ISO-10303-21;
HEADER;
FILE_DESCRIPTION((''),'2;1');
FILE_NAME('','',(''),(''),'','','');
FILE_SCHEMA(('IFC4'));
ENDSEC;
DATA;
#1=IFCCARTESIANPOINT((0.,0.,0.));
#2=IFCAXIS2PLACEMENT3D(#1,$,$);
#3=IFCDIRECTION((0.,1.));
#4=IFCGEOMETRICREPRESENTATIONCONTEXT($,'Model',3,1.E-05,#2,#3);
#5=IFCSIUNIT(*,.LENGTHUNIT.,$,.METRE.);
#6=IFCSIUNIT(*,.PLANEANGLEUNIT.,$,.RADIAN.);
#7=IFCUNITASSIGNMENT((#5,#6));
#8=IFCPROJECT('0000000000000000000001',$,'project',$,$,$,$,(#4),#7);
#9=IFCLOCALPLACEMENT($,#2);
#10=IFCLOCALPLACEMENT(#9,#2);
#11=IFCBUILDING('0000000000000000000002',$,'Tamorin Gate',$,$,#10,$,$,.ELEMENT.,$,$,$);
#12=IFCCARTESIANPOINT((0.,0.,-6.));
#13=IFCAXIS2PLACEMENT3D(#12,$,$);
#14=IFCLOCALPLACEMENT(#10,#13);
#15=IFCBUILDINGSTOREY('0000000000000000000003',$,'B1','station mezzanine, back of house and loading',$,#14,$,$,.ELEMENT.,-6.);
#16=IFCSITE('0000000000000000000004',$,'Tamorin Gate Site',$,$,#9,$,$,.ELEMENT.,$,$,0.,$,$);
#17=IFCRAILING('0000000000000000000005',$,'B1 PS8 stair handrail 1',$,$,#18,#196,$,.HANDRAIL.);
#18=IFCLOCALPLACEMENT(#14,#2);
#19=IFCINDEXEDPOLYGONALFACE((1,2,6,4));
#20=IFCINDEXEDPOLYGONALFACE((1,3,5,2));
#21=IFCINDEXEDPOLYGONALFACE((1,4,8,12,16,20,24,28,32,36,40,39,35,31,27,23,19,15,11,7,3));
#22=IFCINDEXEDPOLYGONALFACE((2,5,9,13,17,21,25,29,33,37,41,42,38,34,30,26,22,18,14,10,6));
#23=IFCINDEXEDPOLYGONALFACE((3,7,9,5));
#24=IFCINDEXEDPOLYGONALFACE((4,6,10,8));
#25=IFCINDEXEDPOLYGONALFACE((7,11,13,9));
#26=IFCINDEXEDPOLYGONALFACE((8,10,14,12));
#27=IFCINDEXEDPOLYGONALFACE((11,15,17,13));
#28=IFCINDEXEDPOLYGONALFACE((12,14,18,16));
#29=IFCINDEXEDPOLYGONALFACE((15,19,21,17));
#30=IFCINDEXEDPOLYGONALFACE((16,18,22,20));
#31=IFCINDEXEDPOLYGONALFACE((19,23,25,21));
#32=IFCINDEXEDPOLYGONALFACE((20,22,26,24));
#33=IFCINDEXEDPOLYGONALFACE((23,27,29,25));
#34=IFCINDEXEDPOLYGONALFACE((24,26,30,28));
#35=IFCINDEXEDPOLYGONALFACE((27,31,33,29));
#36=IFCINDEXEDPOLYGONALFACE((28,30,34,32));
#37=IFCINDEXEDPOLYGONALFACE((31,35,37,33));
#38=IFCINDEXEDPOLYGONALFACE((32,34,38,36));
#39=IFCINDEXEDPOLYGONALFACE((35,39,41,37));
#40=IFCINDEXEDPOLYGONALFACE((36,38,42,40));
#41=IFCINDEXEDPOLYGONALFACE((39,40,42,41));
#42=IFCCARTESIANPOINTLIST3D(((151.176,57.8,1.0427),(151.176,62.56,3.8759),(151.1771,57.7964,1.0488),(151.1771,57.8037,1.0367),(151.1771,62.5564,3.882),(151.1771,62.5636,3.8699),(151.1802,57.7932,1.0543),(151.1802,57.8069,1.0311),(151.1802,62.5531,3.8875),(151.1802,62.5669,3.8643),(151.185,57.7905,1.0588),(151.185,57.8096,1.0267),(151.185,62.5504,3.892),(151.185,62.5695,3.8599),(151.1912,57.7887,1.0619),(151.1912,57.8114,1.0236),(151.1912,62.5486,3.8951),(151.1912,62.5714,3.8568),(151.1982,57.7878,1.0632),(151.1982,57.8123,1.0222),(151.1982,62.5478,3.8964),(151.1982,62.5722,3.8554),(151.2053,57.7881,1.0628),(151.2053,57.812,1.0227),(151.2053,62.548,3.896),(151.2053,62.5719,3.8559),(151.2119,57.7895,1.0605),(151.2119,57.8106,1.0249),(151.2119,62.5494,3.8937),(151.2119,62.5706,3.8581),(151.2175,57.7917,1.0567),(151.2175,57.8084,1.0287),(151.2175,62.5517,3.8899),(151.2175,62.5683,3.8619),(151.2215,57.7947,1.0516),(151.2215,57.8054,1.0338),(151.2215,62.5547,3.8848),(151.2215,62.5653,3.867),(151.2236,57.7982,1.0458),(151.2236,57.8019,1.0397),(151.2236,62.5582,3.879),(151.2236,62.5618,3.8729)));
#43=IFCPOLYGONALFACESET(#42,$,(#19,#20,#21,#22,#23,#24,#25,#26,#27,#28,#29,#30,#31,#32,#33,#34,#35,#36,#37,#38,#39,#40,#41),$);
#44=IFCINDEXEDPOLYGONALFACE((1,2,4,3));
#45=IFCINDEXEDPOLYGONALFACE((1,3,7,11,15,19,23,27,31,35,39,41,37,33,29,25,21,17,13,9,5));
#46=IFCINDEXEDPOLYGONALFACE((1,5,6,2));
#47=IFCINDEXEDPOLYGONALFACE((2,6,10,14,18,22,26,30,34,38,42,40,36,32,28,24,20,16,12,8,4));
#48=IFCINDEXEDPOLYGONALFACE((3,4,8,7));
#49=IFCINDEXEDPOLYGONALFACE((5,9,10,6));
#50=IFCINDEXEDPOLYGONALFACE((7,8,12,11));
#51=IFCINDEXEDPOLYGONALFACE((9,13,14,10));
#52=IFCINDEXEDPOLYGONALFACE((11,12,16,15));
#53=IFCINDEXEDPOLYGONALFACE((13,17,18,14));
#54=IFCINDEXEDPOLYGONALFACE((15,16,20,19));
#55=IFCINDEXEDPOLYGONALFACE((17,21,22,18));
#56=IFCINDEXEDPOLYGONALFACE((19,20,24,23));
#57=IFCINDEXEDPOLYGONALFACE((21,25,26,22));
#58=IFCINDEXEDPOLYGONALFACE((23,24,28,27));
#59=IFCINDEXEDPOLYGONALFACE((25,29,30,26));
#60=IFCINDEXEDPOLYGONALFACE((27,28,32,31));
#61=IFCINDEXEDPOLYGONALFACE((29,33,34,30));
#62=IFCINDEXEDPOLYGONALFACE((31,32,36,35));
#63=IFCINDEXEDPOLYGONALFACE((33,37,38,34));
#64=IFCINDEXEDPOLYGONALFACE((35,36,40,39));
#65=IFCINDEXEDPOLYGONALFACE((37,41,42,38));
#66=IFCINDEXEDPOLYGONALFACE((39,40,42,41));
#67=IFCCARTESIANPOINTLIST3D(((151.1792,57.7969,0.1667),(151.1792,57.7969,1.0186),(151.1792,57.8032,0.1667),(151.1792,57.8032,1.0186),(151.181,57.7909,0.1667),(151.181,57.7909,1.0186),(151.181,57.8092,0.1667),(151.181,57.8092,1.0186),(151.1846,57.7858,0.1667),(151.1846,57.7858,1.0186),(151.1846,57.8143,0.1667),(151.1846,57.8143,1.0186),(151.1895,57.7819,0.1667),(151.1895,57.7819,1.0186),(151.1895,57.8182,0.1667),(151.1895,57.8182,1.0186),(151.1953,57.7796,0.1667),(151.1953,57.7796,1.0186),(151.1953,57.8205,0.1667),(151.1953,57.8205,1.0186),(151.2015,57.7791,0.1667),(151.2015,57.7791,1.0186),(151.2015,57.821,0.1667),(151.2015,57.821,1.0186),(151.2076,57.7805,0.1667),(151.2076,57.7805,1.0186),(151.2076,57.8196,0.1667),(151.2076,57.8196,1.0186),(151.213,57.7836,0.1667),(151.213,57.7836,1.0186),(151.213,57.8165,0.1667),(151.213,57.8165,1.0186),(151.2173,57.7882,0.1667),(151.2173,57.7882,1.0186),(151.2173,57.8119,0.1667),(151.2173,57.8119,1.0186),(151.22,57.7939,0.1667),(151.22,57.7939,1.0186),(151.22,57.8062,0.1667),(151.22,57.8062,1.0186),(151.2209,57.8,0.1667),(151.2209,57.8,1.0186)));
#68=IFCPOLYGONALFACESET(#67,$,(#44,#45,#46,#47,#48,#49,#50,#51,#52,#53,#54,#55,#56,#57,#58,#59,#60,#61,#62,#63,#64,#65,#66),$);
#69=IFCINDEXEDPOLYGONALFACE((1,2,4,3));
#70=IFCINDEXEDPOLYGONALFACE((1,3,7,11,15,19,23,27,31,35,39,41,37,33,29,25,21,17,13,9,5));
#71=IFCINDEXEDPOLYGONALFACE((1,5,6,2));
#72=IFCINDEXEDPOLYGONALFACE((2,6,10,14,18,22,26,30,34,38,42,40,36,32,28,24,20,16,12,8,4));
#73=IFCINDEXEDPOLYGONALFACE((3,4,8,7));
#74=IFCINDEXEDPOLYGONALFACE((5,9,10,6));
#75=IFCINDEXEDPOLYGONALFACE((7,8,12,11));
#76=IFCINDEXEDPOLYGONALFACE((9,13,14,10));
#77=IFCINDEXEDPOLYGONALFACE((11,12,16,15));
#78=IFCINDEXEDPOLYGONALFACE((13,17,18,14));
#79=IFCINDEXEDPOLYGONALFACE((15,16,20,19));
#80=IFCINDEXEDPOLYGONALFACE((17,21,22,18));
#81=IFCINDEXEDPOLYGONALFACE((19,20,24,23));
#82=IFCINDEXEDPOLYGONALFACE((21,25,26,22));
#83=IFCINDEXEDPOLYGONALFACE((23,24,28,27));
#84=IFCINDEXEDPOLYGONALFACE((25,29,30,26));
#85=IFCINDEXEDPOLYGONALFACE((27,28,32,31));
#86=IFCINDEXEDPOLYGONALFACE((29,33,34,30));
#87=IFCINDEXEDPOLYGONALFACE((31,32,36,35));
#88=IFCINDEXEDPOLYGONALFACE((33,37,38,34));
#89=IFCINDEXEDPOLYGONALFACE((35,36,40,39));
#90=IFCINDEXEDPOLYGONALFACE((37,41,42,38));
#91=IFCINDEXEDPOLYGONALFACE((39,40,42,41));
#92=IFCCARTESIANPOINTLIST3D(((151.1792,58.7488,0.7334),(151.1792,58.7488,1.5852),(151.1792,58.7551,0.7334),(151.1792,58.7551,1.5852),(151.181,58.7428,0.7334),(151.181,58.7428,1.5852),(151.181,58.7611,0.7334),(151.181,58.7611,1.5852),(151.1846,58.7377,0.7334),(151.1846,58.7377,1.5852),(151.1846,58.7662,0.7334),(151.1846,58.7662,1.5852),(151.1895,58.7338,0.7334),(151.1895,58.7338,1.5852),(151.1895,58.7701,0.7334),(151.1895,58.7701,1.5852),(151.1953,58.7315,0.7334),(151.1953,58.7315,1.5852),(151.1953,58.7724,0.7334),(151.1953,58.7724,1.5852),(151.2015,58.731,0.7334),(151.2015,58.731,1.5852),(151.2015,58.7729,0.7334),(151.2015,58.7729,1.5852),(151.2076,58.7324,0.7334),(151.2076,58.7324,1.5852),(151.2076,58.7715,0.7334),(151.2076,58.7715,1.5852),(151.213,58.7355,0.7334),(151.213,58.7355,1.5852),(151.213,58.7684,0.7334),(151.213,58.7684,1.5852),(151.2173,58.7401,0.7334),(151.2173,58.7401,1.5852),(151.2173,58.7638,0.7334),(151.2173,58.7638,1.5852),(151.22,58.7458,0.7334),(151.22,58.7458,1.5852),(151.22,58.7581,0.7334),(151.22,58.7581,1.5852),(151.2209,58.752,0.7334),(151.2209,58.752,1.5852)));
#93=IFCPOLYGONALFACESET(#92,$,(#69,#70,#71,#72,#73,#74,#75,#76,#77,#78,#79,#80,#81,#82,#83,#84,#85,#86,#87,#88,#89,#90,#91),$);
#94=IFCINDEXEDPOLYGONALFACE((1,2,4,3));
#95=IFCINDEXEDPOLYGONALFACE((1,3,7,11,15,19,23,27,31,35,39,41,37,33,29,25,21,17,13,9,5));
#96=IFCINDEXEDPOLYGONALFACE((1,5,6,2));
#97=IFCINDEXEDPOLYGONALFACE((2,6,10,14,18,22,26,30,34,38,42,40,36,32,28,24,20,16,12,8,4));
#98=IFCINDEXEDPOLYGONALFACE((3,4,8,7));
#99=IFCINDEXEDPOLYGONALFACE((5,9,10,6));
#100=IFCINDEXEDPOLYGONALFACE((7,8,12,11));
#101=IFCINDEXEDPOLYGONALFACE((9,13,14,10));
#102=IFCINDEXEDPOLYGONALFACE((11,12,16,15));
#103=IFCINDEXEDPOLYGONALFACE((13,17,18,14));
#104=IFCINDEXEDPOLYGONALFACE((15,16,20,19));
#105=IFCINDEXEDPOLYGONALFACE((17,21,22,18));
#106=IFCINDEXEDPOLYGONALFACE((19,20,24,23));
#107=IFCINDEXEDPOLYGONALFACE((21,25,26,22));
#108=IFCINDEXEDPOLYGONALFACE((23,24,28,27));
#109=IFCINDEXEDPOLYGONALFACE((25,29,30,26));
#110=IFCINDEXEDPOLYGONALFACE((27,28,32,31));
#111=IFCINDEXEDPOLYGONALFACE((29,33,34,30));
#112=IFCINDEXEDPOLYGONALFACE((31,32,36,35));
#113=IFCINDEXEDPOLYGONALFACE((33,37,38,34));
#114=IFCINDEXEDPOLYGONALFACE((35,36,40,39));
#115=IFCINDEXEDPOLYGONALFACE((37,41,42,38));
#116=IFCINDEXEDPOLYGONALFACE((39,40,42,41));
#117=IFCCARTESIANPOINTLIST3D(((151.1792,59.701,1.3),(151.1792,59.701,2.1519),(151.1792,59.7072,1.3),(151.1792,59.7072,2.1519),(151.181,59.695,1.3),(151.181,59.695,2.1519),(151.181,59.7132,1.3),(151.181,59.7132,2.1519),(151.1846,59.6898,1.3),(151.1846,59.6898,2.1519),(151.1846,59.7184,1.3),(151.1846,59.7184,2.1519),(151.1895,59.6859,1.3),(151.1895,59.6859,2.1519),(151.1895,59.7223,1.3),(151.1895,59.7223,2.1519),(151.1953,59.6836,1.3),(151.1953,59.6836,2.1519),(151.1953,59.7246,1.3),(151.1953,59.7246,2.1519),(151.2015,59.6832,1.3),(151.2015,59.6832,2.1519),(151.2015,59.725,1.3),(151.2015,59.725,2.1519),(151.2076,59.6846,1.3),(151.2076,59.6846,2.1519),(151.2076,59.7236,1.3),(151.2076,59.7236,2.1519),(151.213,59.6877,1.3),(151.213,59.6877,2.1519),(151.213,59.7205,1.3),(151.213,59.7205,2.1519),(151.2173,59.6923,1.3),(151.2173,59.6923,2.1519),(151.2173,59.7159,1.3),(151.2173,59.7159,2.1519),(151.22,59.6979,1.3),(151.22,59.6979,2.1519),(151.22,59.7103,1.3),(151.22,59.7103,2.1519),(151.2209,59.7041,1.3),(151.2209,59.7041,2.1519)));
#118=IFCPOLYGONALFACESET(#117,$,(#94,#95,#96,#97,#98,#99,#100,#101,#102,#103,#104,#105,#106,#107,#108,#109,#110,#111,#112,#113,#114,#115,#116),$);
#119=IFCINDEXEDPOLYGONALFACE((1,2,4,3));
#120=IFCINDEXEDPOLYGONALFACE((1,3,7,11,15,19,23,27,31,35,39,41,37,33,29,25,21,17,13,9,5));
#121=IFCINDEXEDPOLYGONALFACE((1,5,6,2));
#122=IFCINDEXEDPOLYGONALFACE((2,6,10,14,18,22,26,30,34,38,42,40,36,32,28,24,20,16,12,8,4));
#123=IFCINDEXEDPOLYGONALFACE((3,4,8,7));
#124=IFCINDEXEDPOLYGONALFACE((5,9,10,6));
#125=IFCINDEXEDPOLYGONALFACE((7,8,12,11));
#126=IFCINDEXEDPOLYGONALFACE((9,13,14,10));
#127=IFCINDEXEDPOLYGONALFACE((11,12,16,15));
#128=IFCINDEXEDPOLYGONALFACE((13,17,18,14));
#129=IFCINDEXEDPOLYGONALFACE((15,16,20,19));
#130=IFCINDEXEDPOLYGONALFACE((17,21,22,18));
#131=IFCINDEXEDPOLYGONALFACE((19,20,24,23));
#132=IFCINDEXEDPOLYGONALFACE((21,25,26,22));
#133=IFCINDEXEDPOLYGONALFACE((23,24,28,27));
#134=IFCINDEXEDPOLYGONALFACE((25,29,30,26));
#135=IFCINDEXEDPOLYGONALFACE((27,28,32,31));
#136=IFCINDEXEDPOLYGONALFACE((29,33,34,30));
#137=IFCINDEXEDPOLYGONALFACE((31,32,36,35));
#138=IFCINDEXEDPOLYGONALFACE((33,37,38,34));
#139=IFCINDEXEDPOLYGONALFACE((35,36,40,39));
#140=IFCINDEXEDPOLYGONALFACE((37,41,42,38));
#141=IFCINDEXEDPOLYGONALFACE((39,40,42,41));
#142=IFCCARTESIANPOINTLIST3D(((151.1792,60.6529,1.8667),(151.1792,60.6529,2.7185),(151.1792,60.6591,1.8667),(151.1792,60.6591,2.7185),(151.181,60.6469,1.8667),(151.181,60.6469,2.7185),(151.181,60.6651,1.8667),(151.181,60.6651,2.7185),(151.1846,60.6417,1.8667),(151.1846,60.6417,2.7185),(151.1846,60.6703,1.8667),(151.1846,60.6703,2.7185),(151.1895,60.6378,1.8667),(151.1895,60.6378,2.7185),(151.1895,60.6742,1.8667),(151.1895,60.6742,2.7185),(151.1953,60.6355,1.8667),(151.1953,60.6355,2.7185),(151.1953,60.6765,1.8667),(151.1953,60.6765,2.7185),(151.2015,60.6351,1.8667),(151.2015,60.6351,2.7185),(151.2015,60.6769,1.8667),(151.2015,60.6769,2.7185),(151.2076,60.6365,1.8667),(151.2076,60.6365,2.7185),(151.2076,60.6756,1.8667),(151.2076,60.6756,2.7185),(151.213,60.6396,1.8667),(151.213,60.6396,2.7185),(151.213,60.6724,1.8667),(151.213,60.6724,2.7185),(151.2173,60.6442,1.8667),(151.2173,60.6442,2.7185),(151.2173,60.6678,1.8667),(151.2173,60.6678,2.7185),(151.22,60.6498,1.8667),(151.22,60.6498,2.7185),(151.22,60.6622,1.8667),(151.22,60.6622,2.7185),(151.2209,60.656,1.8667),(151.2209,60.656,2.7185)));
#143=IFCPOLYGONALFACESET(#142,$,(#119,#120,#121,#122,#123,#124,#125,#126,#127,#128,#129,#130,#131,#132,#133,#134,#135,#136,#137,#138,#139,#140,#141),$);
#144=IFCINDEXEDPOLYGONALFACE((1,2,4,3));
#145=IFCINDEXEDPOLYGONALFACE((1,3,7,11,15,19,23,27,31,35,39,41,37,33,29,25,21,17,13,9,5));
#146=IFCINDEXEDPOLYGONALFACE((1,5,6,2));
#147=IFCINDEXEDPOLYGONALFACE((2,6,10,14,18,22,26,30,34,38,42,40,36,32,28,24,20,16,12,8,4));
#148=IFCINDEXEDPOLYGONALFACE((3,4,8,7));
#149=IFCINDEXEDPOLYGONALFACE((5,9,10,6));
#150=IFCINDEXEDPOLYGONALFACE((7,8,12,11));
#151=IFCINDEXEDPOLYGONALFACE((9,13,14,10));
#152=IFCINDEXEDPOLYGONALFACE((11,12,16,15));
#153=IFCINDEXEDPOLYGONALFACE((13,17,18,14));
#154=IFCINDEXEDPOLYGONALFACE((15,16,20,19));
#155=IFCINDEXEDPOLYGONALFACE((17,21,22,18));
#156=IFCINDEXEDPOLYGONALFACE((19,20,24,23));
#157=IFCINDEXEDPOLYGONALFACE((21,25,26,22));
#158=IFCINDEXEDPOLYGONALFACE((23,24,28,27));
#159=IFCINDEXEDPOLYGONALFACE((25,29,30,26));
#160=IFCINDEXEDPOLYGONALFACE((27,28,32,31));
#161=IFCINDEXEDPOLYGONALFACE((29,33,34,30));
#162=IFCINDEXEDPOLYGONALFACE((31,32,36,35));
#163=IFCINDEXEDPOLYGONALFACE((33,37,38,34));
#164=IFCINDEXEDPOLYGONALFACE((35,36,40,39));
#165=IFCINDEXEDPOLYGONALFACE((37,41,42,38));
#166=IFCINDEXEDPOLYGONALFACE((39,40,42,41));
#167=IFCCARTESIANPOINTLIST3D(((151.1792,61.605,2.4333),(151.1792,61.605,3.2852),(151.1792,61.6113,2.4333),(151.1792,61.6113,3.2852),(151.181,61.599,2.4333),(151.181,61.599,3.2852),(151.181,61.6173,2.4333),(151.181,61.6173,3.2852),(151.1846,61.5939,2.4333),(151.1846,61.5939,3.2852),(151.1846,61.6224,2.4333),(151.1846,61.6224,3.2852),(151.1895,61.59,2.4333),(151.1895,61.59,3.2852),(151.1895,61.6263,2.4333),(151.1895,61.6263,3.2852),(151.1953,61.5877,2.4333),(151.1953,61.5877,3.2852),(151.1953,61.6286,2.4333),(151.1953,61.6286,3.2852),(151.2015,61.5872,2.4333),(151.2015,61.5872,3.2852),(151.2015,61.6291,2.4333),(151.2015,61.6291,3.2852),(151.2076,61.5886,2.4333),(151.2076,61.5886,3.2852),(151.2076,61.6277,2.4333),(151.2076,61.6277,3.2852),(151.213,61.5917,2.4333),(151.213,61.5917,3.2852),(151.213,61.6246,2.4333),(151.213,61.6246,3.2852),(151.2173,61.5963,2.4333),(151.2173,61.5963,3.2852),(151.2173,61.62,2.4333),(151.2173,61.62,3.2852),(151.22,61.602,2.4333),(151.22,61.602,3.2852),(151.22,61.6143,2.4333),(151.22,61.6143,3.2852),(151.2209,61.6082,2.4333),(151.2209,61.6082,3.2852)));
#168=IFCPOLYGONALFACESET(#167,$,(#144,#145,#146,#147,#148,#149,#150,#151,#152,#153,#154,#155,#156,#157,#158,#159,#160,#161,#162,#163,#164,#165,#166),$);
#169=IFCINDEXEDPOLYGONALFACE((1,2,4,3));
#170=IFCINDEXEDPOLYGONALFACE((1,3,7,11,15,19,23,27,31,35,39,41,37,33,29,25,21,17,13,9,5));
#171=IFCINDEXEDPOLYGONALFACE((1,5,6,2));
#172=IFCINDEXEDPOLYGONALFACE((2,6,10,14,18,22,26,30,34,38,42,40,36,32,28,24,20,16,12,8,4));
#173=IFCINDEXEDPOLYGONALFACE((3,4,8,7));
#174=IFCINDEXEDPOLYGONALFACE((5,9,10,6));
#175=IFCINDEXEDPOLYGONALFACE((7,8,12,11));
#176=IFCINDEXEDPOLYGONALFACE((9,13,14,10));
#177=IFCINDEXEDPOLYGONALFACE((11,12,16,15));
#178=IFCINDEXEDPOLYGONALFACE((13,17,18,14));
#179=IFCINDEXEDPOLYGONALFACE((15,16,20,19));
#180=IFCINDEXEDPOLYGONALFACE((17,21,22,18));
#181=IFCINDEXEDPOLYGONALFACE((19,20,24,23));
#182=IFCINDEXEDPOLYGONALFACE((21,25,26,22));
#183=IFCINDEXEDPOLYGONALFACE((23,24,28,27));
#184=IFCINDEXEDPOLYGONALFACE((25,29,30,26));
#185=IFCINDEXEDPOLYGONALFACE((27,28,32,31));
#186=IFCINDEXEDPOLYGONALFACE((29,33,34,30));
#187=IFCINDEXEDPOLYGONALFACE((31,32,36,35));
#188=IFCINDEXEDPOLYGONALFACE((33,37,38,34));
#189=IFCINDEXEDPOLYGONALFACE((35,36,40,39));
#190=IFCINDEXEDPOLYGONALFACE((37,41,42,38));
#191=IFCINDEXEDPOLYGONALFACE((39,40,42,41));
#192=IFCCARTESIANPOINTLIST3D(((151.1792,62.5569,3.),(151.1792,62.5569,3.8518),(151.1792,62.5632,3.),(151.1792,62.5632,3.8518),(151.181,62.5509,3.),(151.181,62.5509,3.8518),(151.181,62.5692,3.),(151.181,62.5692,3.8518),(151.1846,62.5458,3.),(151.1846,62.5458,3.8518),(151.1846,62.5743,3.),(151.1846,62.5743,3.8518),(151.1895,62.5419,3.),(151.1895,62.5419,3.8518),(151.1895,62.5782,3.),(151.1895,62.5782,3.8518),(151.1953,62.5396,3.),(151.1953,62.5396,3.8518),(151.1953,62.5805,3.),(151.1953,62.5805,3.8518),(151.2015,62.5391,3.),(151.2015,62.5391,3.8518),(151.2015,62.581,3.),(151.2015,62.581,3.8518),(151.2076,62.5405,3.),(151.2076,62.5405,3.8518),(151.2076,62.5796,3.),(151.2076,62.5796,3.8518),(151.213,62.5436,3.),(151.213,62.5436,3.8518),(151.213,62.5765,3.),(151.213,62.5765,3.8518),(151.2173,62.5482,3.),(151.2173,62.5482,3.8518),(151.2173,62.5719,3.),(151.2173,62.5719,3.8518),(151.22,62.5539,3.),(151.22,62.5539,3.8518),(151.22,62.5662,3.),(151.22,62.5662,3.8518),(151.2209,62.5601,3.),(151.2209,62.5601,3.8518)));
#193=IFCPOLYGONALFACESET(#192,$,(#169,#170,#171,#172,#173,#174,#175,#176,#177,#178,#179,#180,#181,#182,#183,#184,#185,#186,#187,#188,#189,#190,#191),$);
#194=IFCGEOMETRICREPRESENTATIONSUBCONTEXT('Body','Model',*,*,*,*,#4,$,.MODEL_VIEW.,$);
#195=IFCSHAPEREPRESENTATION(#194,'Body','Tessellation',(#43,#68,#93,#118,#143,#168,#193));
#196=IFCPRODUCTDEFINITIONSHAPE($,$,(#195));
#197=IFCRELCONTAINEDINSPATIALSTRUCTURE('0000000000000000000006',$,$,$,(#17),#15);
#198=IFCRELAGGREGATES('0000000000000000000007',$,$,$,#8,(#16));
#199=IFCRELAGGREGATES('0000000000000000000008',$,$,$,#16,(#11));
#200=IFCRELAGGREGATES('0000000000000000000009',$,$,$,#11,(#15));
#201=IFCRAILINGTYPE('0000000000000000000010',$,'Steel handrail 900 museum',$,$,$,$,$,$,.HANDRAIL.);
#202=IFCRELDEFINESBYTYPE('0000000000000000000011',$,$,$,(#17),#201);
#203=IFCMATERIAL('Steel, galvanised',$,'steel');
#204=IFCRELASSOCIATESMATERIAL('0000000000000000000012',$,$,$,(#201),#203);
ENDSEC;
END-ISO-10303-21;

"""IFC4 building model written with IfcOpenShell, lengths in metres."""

from ifc_helpers import new_model, si_unit, direction, frame, origin, origin_2d, place, context, subcontext, project, spatial, circle, extrude, material, type_object, element, save


model = new_model("IFC4")

# Units and contexts
model_context = context("Model", 3, precision=1e-05, world=origin(), true_north=direction((0.0, 1.0)))
body_context = subcontext(model_context, "Body", "Model", "MODEL_VIEW")
ifc_project = project(units=[si_unit("LENGTHUNIT", "METRE"), si_unit("PLANEANGLEUNIT", "RADIAN")], contexts=[model_context])

# Site, building, storey
site_placement = place(None, origin())
site = spatial("IfcSite", under=ifc_project, at=site_placement, Name="Tamorin Gate Site", CompositionType="ELEMENT", RefElevation=0.0)
building_placement = place(site_placement, origin())
building = spatial("IfcBuilding", under=site, at=building_placement, Name="Tamorin Gate", CompositionType="ELEMENT")
storey_placement = place(building_placement, frame((0.0, 0.0, -6.0)))
storey = spatial("IfcBuildingStorey", under=building, at=storey_placement, Name="B1", Description="station mezzanine, back of house and loading", CompositionType="ELEMENT", Elevation=-6.0)

# Railing
ifc_material_1 = material(Name="Steel, galvanised", Category="steel")
railing_type_1 = type_object("IfcRailingType", Name="Steel handrail 900 museum", PredefinedType="HANDRAIL", material=ifc_material_1)
railing_1_placement = place(storey_placement, frame((151.2, 57.8, 0.1667)))
element("IfcRailing", 1, at=railing_1_placement, inside=storey, type_object=railing_type_1, Name="B1 PS8 stair handrail 1", PredefinedType="HANDRAIL", context=body_context, shape_type="SweptSolid", body=[
    extrude(circle(Radius=0.0239, at=origin_2d()), frame((0.0, 0.0, 0.876), z_axis=(0.0, 0.8593, 0.511472), x_axis=(-1.0, 0.0, 0.0)), (0.0, 0.0, 1.0), 5.5393),
    extrude(circle(Radius=0.021, at=origin_2d()), origin(), (0.0, 0.0, 1.0), 0.8518),
    extrude(circle(Radius=0.021, at=origin_2d()), frame((0.0, 0.9519, 0.5667)), (0.0, 0.0, 1.0), 0.8518),
    extrude(circle(Radius=0.021, at=origin_2d()), frame((0.0, 1.9041, 1.1333)), (0.0, 0.0, 1.0), 0.8518),
    extrude(circle(Radius=0.021, at=origin_2d()), frame((0.0, 2.856, 1.7)), (0.0, 0.0, 1.0), 0.8518),
    extrude(circle(Radius=0.021, at=origin_2d()), frame((0.0, 3.8081, 2.2666)), (0.0, 0.0, 1.0), 0.8518),
    extrude(circle(Radius=0.021, at=origin_2d()), frame((0.0, 4.76, 2.8333)), (0.0, 0.0, 1.0), 0.8518),
])

save(model, "model.ifc")
